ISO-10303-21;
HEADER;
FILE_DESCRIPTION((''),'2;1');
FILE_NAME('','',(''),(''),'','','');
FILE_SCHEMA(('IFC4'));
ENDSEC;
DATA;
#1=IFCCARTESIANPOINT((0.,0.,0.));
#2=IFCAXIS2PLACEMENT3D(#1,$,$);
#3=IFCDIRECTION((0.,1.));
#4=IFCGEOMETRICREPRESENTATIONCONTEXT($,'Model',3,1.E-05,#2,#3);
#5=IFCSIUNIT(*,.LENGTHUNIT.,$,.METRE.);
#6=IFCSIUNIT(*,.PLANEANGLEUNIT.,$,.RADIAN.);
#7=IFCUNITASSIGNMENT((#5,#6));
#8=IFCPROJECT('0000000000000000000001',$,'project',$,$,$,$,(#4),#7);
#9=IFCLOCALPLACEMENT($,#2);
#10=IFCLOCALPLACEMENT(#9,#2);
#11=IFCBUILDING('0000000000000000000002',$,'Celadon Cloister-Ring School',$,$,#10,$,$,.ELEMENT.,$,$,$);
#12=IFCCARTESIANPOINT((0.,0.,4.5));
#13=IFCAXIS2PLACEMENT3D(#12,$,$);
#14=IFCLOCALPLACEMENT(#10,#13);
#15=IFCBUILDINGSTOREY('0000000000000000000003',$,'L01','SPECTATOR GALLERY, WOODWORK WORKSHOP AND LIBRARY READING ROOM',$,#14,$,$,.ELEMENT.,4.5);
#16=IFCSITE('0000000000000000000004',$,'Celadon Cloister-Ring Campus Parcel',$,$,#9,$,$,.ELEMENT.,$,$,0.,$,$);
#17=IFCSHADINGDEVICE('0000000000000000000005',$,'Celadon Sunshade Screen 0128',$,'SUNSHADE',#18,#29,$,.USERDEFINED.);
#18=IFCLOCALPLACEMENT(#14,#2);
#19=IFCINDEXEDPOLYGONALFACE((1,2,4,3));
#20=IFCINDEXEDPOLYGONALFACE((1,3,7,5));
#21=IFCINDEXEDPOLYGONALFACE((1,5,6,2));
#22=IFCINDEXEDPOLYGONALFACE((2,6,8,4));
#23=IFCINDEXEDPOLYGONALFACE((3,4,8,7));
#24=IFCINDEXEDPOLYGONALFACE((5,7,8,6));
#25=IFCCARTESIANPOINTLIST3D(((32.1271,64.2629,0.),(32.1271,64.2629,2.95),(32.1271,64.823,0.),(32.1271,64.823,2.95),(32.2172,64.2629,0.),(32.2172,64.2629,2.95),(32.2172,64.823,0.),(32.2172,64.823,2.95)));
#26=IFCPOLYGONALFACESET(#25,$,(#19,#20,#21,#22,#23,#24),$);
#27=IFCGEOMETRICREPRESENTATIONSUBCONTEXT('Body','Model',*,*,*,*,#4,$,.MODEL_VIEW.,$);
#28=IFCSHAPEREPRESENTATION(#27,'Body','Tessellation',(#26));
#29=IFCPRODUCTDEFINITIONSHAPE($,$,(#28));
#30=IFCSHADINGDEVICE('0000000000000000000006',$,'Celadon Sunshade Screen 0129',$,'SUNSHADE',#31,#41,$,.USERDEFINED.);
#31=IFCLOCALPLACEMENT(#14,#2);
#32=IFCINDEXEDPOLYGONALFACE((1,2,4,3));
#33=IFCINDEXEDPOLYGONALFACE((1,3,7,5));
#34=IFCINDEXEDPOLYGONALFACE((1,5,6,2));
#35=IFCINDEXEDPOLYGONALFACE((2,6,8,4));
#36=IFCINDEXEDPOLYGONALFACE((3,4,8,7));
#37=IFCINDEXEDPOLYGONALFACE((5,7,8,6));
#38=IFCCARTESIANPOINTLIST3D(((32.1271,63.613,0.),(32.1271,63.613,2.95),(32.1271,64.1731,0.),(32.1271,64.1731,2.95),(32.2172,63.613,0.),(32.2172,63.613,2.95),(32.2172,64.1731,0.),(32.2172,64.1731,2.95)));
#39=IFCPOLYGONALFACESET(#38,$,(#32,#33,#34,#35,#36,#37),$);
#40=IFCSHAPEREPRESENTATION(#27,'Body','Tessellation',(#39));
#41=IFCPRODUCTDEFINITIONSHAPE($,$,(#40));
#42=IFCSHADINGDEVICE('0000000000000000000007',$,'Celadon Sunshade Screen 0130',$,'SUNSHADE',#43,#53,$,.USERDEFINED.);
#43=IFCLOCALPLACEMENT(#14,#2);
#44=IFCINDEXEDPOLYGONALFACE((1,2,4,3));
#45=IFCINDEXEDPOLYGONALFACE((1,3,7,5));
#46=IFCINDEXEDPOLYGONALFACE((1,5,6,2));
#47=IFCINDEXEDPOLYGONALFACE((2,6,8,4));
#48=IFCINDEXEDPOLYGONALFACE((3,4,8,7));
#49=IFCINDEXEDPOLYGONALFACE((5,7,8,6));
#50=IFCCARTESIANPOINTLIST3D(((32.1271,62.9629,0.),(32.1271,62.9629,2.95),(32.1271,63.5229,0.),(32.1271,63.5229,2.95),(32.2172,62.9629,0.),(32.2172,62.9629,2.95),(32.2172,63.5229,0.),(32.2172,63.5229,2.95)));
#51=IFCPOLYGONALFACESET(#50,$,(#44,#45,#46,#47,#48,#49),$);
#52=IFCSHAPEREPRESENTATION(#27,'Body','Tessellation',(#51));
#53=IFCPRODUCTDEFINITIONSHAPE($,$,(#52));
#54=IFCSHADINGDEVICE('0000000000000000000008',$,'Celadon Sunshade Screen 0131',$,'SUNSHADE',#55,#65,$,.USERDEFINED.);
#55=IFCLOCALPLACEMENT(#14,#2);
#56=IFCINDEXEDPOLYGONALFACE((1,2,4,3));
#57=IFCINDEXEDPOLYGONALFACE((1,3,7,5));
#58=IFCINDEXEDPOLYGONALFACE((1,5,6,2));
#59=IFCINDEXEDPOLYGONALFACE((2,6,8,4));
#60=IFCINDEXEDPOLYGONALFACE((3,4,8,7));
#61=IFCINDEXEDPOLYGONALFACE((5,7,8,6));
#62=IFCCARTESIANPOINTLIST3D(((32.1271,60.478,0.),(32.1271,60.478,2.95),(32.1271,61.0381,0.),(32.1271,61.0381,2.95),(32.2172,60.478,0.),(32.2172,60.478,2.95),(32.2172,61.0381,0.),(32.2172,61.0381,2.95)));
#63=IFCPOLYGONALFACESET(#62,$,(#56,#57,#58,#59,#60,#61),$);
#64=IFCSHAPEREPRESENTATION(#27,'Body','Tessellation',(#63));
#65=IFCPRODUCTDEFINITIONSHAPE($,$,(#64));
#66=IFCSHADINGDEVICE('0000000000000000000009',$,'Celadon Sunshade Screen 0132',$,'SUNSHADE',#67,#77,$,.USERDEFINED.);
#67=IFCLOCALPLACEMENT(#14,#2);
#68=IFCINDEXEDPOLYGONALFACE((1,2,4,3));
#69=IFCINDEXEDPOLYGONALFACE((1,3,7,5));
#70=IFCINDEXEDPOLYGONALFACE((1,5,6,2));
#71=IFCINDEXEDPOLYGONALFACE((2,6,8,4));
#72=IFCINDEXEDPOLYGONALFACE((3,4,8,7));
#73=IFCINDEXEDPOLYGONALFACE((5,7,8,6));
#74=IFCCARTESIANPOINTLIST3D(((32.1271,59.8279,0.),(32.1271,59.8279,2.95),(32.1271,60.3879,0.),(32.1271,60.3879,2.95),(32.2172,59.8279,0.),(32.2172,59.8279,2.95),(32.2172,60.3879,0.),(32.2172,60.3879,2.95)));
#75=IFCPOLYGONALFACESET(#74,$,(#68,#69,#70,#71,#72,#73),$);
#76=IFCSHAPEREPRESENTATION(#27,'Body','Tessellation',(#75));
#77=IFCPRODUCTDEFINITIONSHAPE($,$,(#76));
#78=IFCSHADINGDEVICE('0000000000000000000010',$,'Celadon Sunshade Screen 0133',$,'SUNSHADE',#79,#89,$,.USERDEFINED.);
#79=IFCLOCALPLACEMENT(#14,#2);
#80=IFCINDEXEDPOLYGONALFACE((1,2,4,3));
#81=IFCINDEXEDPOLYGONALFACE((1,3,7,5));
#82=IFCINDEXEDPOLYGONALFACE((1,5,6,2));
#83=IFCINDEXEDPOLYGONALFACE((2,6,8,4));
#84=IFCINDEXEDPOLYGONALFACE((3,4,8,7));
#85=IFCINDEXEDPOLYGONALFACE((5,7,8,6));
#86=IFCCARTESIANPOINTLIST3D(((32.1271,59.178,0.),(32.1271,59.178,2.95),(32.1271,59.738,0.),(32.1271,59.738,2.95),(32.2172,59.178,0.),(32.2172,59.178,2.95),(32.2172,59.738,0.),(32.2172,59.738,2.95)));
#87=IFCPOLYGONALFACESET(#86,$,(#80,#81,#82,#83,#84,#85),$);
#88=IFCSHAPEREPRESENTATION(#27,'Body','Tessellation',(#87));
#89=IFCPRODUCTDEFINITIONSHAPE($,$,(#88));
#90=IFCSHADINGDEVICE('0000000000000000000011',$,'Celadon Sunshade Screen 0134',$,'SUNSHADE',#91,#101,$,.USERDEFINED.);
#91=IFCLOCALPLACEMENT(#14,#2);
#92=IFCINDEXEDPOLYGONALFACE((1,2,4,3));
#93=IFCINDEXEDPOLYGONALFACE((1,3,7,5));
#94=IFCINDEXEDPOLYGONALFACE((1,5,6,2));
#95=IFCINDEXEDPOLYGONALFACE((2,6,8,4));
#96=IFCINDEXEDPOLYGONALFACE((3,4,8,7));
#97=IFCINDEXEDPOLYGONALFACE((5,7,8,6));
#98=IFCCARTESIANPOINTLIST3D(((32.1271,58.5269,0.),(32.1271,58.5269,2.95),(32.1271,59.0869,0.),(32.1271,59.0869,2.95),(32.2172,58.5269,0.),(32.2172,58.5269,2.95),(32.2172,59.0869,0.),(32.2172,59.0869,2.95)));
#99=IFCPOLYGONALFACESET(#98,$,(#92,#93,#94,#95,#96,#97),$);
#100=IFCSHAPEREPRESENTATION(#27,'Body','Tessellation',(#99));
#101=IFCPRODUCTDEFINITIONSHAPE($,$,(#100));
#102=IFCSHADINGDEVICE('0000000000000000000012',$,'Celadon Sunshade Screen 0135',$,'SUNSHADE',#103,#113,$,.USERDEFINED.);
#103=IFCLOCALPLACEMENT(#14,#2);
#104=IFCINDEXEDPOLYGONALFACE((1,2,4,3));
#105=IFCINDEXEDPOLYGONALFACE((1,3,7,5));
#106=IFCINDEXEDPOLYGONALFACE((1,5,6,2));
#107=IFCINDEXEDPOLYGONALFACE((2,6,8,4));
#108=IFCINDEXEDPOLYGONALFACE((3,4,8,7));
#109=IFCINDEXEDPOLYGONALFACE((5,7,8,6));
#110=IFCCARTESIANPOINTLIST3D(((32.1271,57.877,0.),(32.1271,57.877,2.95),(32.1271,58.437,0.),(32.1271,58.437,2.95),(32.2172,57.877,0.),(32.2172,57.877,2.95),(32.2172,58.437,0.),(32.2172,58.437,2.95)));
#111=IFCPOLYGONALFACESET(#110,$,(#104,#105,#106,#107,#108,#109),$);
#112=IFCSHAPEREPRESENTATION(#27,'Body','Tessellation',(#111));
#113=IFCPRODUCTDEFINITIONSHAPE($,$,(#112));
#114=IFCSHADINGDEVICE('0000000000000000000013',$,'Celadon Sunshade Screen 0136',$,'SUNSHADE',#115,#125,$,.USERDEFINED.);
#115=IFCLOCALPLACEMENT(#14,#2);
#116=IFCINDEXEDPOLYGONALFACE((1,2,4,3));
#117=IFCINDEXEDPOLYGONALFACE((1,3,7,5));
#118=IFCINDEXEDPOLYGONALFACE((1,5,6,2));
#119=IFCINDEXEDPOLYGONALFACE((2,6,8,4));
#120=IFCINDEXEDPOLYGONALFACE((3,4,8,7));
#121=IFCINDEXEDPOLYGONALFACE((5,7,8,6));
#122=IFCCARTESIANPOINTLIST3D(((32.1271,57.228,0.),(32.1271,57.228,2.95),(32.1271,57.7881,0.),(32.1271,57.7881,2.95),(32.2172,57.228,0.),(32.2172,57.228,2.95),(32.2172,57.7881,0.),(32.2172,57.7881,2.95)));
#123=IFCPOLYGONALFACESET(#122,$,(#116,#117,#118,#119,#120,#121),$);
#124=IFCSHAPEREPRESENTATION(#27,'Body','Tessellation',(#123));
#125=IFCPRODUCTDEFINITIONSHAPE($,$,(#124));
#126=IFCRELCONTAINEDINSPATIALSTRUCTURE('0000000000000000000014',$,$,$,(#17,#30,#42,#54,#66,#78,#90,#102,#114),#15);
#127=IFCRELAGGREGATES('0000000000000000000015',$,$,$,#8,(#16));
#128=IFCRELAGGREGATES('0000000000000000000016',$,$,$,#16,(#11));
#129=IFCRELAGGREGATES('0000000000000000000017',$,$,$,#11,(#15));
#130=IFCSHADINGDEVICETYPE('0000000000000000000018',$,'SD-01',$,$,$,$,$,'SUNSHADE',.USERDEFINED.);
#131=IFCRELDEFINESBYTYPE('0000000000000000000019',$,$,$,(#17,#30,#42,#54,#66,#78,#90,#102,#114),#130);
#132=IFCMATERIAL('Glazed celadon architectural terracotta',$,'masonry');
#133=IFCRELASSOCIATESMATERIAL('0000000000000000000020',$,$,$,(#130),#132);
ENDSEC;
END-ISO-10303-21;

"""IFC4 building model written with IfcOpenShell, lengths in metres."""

from ifc_helpers import new_model, si_unit, direction, frame, origin, origin_2d, place, context, subcontext, project, spatial, rectangle, extrude, material, type_object, element, save


model = new_model("IFC4")

# Units and contexts
model_context = context("Model", 3, precision=1e-05, world=origin(), true_north=direction((0.0, 1.0)))
body_context = subcontext(model_context, "Body", "Model", "MODEL_VIEW")
ifc_project = project(units=[si_unit("LENGTHUNIT", "METRE"), si_unit("PLANEANGLEUNIT", "RADIAN")], contexts=[model_context])

# Site, building, storey
site_placement = place(None, origin())
site = spatial("IfcSite", under=ifc_project, at=site_placement, Name="Celadon Cloister-Ring Campus Parcel", CompositionType="ELEMENT", RefElevation=0.0)
building_placement = place(site_placement, origin())
building = spatial("IfcBuilding", under=site, at=building_placement, Name="Celadon Cloister-Ring School", CompositionType="ELEMENT")
storey_placement = place(building_placement, frame((0.0, 0.0, 4.5)))
storey = spatial("IfcBuildingStorey", under=building, at=storey_placement, Name="L01", Description="SPECTATOR GALLERY, WOODWORK WORKSHOP AND LIBRARY READING ROOM", CompositionType="ELEMENT", Elevation=4.5)

# Shading devices
ifc_material_1 = material(Name="Glazed celadon architectural terracotta", Category="masonry")
shading_device_type = type_object("IfcShadingDeviceType", Name="SD-01", ElementType="SUNSHADE", PredefinedType="USERDEFINED", material=ifc_material_1)
for number, where, z_axis, x_axis, name in (
    (1, (32.1721, 64.543, 0.0), (0.0, 0.0, 1.0), (0.0, -1.0, 0.0), "Celadon Sunshade Screen 0128"),
    (2, (32.1721, 63.8931, 0.0), (0.0, 0.0, 1.0), (0.0, -1.0, 0.0), "Celadon Sunshade Screen 0129"),
    (3, (32.1721, 63.2429, 0.0), (0.0, 0.0, 1.0), (0.0, -1.0, 0.0), "Celadon Sunshade Screen 0130"),
    (4, (32.1721, 60.7581, 0.0), (0.0, 0.0, 1.0), (0.0, -1.0, 0.0), "Celadon Sunshade Screen 0131"),
    (5, (32.1721, 60.1079, 0.0), (0.0, 0.0, 1.0), (0.0, -1.0, 0.0), "Celadon Sunshade Screen 0132"),
    (6, (32.1721, 59.458, 0.0), (0.0, 0.0, 1.0), (0.0, -1.0, 0.0), "Celadon Sunshade Screen 0133"),
    (7, (32.1721, 58.8069, 0.0), (0.0, 0.0, 1.0), (0.0, -1.0, 0.0), "Celadon Sunshade Screen 0134"),
    (8, (32.1721, 58.157, 0.0), (0.0, 0.0, 1.0), (0.0, -1.0, 0.0), "Celadon Sunshade Screen 0135"),
    (9, (32.1721, 57.5081, 0.0), (0.0, 0.0, 1.0), (0.0, -1.0, 0.0), "Celadon Sunshade Screen 0136"),
):
    element("IfcShadingDevice", number, at=place(storey_placement, frame(where, z_axis=z_axis, x_axis=x_axis)), inside=storey, type_object=shading_device_type, Name=name, ObjectType="SUNSHADE", PredefinedType="USERDEFINED", context=body_context, shape_type="SweptSolid", body=[
        extrude(rectangle(XDim=0.5601, YDim=0.0901, at=origin_2d()), origin(), (0.0, 0.0, 1.0), 2.95),
    ])

save(model, "model.ifc")
